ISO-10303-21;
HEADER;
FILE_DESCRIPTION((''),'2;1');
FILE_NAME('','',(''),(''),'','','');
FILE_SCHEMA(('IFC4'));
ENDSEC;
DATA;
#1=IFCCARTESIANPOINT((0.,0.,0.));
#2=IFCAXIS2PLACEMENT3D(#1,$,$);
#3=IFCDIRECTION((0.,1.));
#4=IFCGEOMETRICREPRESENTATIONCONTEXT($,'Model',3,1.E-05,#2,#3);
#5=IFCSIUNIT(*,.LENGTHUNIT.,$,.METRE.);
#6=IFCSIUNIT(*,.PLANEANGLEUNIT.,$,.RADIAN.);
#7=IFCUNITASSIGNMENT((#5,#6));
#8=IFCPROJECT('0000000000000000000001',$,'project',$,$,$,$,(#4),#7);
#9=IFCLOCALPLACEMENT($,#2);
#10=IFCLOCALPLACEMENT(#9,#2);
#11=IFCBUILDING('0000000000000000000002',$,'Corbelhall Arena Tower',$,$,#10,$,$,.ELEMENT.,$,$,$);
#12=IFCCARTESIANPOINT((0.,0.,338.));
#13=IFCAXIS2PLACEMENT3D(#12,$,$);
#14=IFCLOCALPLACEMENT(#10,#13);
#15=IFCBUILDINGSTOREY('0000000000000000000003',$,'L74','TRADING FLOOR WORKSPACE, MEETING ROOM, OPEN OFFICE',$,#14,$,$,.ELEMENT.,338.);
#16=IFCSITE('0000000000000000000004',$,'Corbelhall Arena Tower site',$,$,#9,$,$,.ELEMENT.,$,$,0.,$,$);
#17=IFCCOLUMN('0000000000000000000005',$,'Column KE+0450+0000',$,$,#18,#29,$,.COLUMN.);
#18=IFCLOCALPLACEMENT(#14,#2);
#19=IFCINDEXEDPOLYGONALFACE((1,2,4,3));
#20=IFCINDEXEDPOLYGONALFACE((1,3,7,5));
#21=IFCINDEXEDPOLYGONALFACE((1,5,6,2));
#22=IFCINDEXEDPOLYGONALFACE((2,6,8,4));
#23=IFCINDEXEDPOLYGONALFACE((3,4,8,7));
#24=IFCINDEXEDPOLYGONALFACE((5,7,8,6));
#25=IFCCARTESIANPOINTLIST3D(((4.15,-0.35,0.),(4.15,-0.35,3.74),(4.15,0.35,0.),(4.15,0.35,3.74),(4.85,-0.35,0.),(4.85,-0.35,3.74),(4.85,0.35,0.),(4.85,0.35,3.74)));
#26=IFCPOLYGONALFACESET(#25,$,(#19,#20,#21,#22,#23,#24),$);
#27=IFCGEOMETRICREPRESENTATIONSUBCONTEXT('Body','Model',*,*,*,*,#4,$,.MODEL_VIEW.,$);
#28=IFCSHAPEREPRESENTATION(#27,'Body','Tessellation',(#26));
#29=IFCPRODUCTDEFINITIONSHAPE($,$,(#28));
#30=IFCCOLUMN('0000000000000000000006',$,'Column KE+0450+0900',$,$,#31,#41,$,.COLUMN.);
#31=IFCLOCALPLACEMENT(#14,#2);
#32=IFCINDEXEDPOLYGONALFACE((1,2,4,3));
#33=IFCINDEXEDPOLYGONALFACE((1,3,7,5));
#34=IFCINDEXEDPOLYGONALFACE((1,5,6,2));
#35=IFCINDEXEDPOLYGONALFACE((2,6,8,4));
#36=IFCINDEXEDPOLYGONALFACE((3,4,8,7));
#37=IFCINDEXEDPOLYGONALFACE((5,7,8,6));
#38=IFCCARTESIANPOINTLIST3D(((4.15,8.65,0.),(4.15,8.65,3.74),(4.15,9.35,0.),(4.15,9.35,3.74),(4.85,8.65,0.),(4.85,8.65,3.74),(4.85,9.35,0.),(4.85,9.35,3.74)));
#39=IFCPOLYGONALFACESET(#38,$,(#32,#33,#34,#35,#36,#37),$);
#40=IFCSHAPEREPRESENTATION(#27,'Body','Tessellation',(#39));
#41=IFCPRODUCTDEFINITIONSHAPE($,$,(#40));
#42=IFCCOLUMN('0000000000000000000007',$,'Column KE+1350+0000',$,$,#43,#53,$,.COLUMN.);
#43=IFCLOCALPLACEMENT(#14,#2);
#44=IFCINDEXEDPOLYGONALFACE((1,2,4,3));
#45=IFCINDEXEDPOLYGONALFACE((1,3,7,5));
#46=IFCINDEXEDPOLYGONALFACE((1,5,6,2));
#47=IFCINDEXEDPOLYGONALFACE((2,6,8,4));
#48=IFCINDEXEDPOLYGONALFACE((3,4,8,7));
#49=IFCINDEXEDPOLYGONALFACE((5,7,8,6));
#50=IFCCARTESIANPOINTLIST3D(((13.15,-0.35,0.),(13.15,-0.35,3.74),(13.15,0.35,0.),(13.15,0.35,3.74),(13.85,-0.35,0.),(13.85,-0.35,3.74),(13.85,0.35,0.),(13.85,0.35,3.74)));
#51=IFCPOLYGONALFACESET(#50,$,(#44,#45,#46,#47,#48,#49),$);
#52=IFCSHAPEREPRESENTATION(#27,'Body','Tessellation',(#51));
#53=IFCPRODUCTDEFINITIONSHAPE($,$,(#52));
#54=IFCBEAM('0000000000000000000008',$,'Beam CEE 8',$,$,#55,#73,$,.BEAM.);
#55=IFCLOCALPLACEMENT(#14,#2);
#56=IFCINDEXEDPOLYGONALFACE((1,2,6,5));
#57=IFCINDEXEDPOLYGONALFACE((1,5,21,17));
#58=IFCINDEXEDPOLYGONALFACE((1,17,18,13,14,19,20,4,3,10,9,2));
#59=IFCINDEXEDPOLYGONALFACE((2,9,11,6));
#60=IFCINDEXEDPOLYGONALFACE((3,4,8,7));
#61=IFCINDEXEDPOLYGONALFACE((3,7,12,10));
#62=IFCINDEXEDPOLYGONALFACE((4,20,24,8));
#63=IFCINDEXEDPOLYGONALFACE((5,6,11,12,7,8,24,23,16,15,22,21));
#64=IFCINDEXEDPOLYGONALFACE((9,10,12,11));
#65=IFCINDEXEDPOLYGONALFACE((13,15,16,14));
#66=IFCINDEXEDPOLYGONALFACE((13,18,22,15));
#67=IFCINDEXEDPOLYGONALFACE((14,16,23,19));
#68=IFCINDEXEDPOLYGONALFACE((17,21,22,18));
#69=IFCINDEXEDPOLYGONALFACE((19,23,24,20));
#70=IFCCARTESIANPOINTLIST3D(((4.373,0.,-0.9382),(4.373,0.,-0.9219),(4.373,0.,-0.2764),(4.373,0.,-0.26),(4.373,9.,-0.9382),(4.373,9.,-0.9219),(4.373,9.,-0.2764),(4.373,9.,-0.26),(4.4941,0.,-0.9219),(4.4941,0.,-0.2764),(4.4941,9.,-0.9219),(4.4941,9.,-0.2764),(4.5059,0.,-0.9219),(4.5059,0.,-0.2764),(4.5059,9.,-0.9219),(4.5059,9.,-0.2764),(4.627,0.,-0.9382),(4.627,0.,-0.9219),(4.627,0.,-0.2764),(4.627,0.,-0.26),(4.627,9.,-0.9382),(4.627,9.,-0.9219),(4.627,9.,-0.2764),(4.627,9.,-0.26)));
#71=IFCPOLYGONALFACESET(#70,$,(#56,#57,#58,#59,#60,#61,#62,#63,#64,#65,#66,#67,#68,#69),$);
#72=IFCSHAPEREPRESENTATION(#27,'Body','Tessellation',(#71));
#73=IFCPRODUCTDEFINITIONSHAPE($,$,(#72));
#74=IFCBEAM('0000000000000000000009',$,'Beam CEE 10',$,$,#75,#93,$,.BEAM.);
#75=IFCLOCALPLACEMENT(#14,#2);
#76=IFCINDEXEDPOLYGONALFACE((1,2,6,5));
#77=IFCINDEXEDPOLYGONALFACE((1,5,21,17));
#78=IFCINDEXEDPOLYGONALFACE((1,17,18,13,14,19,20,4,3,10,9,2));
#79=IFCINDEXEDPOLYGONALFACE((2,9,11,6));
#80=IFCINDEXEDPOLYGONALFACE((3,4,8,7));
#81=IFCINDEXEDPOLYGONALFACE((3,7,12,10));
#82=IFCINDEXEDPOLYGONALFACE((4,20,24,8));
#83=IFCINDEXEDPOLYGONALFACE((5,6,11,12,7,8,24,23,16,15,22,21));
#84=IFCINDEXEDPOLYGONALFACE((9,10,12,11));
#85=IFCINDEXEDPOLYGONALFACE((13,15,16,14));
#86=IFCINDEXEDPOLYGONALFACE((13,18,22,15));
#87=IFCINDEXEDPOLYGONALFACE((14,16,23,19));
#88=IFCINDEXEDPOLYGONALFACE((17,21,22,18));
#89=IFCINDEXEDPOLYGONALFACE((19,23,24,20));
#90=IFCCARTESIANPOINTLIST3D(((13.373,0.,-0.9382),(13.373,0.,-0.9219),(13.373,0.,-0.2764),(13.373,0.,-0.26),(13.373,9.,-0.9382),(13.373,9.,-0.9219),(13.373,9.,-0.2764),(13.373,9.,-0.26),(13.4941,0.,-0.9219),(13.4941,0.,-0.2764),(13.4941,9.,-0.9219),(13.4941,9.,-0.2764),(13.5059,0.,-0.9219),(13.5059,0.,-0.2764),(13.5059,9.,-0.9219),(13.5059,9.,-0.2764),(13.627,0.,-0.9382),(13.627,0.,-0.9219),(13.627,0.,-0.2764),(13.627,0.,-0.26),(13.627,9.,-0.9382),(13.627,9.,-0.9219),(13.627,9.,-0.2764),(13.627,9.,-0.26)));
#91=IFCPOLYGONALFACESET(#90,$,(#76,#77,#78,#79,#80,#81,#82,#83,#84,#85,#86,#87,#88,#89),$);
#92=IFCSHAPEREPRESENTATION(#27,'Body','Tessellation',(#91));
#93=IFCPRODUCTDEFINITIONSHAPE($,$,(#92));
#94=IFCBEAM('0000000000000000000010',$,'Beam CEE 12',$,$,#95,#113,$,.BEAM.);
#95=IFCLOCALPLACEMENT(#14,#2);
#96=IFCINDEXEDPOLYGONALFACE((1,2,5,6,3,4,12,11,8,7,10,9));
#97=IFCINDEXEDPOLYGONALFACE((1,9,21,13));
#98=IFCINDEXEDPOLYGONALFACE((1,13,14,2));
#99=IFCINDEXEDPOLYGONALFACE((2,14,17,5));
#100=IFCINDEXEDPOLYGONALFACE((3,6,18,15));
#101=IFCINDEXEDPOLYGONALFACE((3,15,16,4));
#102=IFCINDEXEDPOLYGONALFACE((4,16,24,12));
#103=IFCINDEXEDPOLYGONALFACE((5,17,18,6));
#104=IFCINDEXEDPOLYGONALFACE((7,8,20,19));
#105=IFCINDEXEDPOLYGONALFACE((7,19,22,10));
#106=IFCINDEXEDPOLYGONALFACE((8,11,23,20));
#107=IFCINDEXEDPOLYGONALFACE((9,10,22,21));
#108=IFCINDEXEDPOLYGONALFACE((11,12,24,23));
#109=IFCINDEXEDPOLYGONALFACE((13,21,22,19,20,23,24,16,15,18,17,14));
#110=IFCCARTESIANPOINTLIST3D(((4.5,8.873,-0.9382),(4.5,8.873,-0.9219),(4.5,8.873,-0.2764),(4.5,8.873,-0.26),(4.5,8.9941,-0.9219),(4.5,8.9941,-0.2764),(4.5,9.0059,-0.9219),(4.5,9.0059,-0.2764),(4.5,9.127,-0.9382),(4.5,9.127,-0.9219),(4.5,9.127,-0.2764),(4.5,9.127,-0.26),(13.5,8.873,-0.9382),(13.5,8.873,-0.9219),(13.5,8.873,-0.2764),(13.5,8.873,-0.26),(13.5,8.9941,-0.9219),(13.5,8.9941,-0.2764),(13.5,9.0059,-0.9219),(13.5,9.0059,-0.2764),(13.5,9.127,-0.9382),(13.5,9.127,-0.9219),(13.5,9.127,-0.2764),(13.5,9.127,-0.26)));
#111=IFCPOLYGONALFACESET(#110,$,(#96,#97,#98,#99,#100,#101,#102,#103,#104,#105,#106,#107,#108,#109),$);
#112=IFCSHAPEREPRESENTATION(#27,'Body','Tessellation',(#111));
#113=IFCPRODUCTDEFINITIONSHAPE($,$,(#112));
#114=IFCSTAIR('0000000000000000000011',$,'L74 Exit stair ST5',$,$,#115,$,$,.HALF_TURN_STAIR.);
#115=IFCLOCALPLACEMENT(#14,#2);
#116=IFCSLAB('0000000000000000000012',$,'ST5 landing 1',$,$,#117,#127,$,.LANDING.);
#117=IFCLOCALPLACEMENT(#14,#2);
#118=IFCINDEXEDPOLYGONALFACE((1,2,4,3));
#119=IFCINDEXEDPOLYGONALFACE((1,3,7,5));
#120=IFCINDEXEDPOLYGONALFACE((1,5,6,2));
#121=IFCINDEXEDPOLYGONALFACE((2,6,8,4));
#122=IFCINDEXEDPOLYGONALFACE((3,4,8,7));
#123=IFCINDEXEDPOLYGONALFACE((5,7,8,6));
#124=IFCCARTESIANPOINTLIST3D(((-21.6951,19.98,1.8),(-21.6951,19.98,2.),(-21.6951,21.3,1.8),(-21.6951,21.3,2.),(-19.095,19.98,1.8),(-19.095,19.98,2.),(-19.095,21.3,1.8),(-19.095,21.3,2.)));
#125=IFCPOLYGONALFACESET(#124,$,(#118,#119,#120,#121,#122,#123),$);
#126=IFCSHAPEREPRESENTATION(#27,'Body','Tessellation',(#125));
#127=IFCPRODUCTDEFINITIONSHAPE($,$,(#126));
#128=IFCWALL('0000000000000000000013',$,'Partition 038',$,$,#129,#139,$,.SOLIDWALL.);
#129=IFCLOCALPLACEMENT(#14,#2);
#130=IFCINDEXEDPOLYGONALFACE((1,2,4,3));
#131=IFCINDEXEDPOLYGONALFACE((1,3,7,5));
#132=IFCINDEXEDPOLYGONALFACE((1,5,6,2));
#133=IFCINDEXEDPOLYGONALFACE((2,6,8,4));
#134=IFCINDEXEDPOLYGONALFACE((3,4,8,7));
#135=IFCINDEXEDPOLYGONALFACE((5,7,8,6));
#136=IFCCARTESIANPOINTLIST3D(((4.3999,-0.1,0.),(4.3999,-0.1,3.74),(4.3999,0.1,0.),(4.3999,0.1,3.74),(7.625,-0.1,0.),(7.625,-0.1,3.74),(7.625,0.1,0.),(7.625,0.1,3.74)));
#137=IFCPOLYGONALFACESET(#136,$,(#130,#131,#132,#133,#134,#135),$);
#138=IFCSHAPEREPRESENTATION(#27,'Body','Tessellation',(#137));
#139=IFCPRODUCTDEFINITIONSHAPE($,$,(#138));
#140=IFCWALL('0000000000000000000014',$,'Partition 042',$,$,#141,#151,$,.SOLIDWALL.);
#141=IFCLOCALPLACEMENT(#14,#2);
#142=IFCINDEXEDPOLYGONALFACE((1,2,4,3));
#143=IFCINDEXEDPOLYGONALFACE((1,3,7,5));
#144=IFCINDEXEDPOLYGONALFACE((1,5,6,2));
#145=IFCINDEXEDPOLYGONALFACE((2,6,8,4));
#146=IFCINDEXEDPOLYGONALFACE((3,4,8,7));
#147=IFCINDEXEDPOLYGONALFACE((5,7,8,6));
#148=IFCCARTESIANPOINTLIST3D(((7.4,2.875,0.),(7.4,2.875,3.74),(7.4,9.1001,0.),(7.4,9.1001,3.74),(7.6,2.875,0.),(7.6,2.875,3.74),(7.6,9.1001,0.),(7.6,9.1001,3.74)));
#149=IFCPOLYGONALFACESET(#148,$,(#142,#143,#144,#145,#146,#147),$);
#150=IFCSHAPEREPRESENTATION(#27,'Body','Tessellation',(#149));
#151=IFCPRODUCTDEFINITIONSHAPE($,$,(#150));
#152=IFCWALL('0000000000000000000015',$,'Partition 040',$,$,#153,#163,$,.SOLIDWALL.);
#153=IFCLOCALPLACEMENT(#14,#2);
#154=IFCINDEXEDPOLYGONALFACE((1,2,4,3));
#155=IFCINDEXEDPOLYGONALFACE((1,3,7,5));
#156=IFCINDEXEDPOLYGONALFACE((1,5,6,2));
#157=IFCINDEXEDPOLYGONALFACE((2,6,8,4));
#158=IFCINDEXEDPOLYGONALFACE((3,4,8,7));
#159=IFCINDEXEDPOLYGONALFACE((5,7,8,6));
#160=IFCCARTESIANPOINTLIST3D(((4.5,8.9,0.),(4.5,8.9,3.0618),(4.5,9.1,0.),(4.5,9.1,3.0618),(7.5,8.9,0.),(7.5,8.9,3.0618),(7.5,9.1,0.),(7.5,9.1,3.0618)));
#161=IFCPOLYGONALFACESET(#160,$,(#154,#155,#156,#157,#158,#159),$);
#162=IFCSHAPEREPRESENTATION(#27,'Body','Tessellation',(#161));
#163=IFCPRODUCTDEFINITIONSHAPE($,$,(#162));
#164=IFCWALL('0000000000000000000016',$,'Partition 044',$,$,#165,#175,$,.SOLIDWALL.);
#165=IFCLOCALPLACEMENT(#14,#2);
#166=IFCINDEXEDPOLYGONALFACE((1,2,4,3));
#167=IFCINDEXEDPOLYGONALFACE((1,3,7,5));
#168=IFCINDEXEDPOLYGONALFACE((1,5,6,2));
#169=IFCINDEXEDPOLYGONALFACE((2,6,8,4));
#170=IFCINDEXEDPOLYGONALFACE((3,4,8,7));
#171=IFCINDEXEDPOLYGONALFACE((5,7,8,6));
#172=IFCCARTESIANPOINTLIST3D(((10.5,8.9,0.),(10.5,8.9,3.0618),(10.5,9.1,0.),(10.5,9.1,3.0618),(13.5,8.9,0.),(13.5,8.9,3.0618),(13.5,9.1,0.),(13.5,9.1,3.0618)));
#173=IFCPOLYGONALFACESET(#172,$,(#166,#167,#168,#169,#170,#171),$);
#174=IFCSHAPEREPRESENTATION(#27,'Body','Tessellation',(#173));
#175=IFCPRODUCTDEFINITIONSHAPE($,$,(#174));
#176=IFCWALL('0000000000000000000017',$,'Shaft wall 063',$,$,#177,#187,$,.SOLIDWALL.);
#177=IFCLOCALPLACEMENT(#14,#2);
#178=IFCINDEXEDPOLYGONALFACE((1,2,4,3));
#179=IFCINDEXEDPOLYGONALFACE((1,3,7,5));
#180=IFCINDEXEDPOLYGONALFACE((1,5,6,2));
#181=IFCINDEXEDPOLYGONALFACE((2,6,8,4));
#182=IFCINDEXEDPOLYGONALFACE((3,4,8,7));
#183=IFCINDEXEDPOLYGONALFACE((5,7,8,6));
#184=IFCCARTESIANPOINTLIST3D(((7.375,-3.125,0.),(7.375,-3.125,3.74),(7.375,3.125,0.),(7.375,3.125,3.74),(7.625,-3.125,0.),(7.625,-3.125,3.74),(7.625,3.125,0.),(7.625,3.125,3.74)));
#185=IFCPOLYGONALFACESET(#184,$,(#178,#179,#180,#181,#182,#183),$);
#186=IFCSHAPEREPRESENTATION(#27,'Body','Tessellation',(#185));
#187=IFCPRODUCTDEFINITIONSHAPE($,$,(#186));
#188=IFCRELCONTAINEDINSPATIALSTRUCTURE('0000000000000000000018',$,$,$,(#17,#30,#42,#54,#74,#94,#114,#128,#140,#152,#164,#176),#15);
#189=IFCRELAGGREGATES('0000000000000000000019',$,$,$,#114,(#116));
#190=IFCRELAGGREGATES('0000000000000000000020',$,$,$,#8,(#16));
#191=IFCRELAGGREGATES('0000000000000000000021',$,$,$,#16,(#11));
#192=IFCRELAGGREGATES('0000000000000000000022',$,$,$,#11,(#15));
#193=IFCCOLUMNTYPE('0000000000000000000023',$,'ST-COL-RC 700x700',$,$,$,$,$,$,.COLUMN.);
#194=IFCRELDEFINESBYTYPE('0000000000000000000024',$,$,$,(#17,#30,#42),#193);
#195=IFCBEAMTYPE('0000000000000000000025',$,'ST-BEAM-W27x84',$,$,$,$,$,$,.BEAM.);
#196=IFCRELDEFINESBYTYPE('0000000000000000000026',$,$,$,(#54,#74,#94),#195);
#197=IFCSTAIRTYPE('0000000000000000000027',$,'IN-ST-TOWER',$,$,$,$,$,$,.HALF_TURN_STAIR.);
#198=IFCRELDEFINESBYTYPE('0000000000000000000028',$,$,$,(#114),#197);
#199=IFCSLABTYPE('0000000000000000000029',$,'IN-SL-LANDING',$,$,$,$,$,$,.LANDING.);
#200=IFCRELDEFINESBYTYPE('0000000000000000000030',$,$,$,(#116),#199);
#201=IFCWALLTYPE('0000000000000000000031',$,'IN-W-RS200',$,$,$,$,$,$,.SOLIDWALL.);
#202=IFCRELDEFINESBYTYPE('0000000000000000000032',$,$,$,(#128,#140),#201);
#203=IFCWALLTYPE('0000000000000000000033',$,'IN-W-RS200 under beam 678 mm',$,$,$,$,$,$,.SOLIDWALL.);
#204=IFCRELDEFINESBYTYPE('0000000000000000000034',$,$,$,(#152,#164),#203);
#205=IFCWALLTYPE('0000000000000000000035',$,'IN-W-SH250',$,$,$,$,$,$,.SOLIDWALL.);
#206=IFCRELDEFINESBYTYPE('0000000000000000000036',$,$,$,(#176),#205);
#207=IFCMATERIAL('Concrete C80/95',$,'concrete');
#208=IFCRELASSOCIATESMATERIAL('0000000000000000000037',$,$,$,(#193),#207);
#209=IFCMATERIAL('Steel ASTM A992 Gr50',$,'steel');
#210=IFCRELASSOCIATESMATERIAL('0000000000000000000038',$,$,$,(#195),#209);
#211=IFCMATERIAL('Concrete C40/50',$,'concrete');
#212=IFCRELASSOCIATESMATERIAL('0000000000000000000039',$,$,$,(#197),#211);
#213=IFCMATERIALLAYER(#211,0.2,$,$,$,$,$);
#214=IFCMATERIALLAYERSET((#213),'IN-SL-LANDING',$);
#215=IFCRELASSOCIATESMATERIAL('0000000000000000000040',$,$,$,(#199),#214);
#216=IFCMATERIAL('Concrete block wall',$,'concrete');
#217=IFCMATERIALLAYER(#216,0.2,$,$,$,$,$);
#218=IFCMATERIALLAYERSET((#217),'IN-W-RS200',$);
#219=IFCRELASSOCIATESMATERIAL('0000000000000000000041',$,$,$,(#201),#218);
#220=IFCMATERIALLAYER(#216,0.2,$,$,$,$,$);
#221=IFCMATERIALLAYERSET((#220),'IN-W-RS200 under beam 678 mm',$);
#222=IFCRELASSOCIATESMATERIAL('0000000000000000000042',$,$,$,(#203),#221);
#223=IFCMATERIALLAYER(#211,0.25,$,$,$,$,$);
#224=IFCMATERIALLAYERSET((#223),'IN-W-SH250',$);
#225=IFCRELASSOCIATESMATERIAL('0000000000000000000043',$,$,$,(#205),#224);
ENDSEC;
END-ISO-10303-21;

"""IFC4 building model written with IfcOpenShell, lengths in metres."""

from ifc_helpers import new_model, si_unit, direction, frame, frame_2d, origin, origin_2d, place, context, subcontext, project, spatial, polyline, rectangle, i_section, outline, extrude, material, layer, layer_set, material_profile, profile_set, type_object, element, aggregate, save


model = new_model("IFC4")

# Units and contexts
model_context = context("Model", 3, precision=1e-05, world=origin(), true_north=direction((0.0, 1.0)))
body_context = subcontext(model_context, "Body", "Model", "MODEL_VIEW")
ifc_project = project(units=[si_unit("LENGTHUNIT", "METRE"), si_unit("PLANEANGLEUNIT", "RADIAN")], contexts=[model_context])

# Site, building, storey
site_placement = place(None, origin())
site = spatial("IfcSite", under=ifc_project, at=site_placement, Name="Corbelhall Arena Tower site", CompositionType="ELEMENT", RefElevation=0.0)
building_placement = place(site_placement, origin())
building = spatial("IfcBuilding", under=site, at=building_placement, Name="Corbelhall Arena Tower", CompositionType="ELEMENT")
storey_placement = place(building_placement, frame((0.0, 0.0, 338.0)))
storey = spatial("IfcBuildingStorey", under=building, at=storey_placement, Name="L74", Description="TRADING FLOOR WORKSPACE, MEETING ROOM, OPEN OFFICE", CompositionType="ELEMENT", Elevation=338.0)

# Columns
ifc_material_1 = material(Name="Concrete C80/95", Category="concrete")
ifc_material_profile_1 = material_profile(ifc_material_1, rectangle(XDim=0.7, YDim=0.7, at=origin_2d()))
ifc_profile_set_1 = profile_set([ifc_material_profile_1], Name="Concrete C80/95")
column_type = type_object("IfcColumnType", Name="ST-COL-RC 700x700", PredefinedType="COLUMN", material=ifc_profile_set_1)
for number, where, z_axis, x_axis, name in (
    (1, (4.5, 0.0, 0.0), (0.0, 0.0, 1.0), (1.0, 0.0, 0.0), "Column KE+0450+0000"),
    (2, (4.5, 9.0, 0.0), (0.0, 0.0, 1.0), (1.0, 0.0, 0.0), "Column KE+0450+0900"),
    (3, (13.5, 0.0, 0.0), (0.0, 0.0, 1.0), (1.0, 0.0, 0.0), "Column KE+1350+0000"),
):
    element("IfcColumn", number, at=place(storey_placement, frame(where, z_axis=z_axis, x_axis=x_axis)), inside=storey, type_object=column_type, Name=name, PredefinedType="COLUMN", context=body_context, shape_type="SweptSolid", body=[
        extrude(rectangle(XDim=0.7, YDim=0.7, at=origin_2d()), origin(), (0.0, 0.0, 1.0), 3.74),
    ])

# Beams
ifc_material_2 = material(Name="Steel ASTM A992 Gr50", Category="steel")
ifc_material_profile_2 = material_profile(ifc_material_2, i_section(OverallWidth=0.2539, OverallDepth=0.6782, WebThickness=0.0117, FlangeThickness=0.0164, at=origin_2d()))
ifc_profile_set_2 = profile_set([ifc_material_profile_2], Name="Steel ASTM A992 Gr50")
beam_type = type_object("IfcBeamType", Name="ST-BEAM-W27x84", PredefinedType="BEAM", material=ifc_profile_set_2)
for number, where, z_axis, x_axis, name in (
    (4, (4.5, 0.0, -0.5991), (0.0, 1.0, 0.0), (-1.0, 0.0, 0.0), "Beam CEE 8"),
    (5, (13.5, 0.0, -0.5991), (0.0, 1.0, 0.0), (-1.0, 0.0, 0.0), "Beam CEE 10"),
    (6, (4.5, 9.0, -0.5991), (1.0, 0.0, 0.0), (0.0, 1.0, 0.0), "Beam CEE 12"),
):
    element("IfcBeam", number, at=place(storey_placement, frame(where, z_axis=z_axis, x_axis=x_axis)), inside=storey, type_object=beam_type, Name=name, PredefinedType="BEAM", context=body_context, shape_type="SweptSolid", body=[
        extrude(i_section(OverallWidth=0.2539, OverallDepth=0.6782, WebThickness=0.0117, FlangeThickness=0.0164, at=origin_2d()), origin(), (0.0, 0.0, 1.0), 9.0),
    ])

# Stair, slab
ifc_material_3 = material(Name="Concrete C40/50", Category="concrete")
stair_type = type_object("IfcStairType", Name="IN-ST-TOWER", PredefinedType="HALF_TURN_STAIR", material=ifc_material_3)
stair_1_placement = place(storey_placement, origin())
stair_1 = element("IfcStair", 7, at=stair_1_placement, inside=storey, type_object=stair_type, Name="L74 Exit stair ST5", PredefinedType="HALF_TURN_STAIR")
ifc_layer_1 = layer(ifc_material_3, 0.2)
ifc_layer_set_1 = layer_set([ifc_layer_1], Name="IN-SL-LANDING")
slab_type = type_object("IfcSlabType", Name="IN-SL-LANDING", PredefinedType="LANDING", material=ifc_layer_set_1)
slab_placement = place(storey_placement, frame((0.0, 0.0, 1.8)))
slab = element("IfcSlab", 8, at=slab_placement, type_object=slab_type, Name="ST5 landing 1", PredefinedType="LANDING", context=body_context, shape_type="SweptSolid", body=[
    extrude(outline(polyline([(-19.095, 19.98), (-19.095, 21.3), (-21.6951, 21.3), (-21.6951, 19.98), (-19.095, 19.98)])), origin(), (0.0, 0.0, 1.0), 0.2),
])
aggregate(stair_1, [slab])

# Walls
ifc_material_4 = material(Name="Concrete block wall", Category="concrete")
ifc_layer_2 = layer(ifc_material_4, 0.2)
ifc_layer_set_2 = layer_set([ifc_layer_2], Name="IN-W-RS200")
wall_type_1 = type_object("IfcWallType", Name="IN-W-RS200", PredefinedType="SOLIDWALL", material=ifc_layer_set_2)
wall_1_placement = place(storey_placement, frame((4.3999, 0.0, 0.0), z_axis=(0.0, 0.0, 1.0), x_axis=(1.0, 0.0, 0.0)))
element("IfcWall", 9, at=wall_1_placement, inside=storey, type_object=wall_type_1, Name="Partition 038", PredefinedType="SOLIDWALL", context=body_context, shape_type="SweptSolid", body=[
    extrude(rectangle(XDim=3.2251, YDim=0.2, at=frame_2d((1.6125, 0.0))), origin(), (0.0, 0.0, 1.0), 3.74),
])
wall_2_placement = place(storey_placement, frame((7.5, 9.1001, 0.0), z_axis=(0.0, 0.0, 1.0), x_axis=(0.0, -1.0, 0.0)))
element("IfcWall", 10, at=wall_2_placement, inside=storey, type_object=wall_type_1, Name="Partition 042", PredefinedType="SOLIDWALL", context=body_context, shape_type="SweptSolid", body=[
    extrude(rectangle(XDim=6.2251, YDim=0.2, at=frame_2d((3.1125, 0.0))), origin(), (0.0, 0.0, 1.0), 3.74),
])

# Walls
ifc_layer_3 = layer(ifc_material_4, 0.2)
ifc_layer_set_3 = layer_set([ifc_layer_3], Name="IN-W-RS200 under beam 678 mm")
wall_type_2 = type_object("IfcWallType", Name="IN-W-RS200 under beam 678 mm", PredefinedType="SOLIDWALL", material=ifc_layer_set_3)
for number, where, z_axis, x_axis, name in (
    (11, (4.5, 9.0, 0.0), (0.0, 0.0, 1.0), (1.0, 0.0, 0.0), "Partition 040"),
    (12, (10.5, 9.0, 0.0), (0.0, 0.0, 1.0), (1.0, 0.0, 0.0), "Partition 044"),
):
    element("IfcWall", number, at=place(storey_placement, frame(where, z_axis=z_axis, x_axis=x_axis)), inside=storey, type_object=wall_type_2, Name=name, PredefinedType="SOLIDWALL", context=body_context, shape_type="SweptSolid", body=[
        extrude(rectangle(XDim=3.0, YDim=0.2, at=frame_2d((1.5, 0.0))), origin(), (0.0, 0.0, 1.0), 3.0618),
    ])
ifc_layer_4 = layer(ifc_material_3, 0.25)
ifc_layer_set_4 = layer_set([ifc_layer_4], Name="IN-W-SH250")
wall_type_3 = type_object("IfcWallType", Name="IN-W-SH250", PredefinedType="SOLIDWALL", material=ifc_layer_set_4)
wall_3_placement = place(storey_placement, frame((7.5, 3.125, 0.0), z_axis=(0.0, 0.0, 1.0), x_axis=(0.0, -1.0, 0.0)))
element("IfcWall", 13, at=wall_3_placement, inside=storey, type_object=wall_type_3, Name="Shaft wall 063", PredefinedType="SOLIDWALL", context=body_context, shape_type="SweptSolid", body=[
    extrude(rectangle(XDim=6.25, YDim=0.25, at=frame_2d((3.125, 0.0))), origin(), (0.0, 0.0, 1.0), 3.74),
])

save(model, "model.ifc")
